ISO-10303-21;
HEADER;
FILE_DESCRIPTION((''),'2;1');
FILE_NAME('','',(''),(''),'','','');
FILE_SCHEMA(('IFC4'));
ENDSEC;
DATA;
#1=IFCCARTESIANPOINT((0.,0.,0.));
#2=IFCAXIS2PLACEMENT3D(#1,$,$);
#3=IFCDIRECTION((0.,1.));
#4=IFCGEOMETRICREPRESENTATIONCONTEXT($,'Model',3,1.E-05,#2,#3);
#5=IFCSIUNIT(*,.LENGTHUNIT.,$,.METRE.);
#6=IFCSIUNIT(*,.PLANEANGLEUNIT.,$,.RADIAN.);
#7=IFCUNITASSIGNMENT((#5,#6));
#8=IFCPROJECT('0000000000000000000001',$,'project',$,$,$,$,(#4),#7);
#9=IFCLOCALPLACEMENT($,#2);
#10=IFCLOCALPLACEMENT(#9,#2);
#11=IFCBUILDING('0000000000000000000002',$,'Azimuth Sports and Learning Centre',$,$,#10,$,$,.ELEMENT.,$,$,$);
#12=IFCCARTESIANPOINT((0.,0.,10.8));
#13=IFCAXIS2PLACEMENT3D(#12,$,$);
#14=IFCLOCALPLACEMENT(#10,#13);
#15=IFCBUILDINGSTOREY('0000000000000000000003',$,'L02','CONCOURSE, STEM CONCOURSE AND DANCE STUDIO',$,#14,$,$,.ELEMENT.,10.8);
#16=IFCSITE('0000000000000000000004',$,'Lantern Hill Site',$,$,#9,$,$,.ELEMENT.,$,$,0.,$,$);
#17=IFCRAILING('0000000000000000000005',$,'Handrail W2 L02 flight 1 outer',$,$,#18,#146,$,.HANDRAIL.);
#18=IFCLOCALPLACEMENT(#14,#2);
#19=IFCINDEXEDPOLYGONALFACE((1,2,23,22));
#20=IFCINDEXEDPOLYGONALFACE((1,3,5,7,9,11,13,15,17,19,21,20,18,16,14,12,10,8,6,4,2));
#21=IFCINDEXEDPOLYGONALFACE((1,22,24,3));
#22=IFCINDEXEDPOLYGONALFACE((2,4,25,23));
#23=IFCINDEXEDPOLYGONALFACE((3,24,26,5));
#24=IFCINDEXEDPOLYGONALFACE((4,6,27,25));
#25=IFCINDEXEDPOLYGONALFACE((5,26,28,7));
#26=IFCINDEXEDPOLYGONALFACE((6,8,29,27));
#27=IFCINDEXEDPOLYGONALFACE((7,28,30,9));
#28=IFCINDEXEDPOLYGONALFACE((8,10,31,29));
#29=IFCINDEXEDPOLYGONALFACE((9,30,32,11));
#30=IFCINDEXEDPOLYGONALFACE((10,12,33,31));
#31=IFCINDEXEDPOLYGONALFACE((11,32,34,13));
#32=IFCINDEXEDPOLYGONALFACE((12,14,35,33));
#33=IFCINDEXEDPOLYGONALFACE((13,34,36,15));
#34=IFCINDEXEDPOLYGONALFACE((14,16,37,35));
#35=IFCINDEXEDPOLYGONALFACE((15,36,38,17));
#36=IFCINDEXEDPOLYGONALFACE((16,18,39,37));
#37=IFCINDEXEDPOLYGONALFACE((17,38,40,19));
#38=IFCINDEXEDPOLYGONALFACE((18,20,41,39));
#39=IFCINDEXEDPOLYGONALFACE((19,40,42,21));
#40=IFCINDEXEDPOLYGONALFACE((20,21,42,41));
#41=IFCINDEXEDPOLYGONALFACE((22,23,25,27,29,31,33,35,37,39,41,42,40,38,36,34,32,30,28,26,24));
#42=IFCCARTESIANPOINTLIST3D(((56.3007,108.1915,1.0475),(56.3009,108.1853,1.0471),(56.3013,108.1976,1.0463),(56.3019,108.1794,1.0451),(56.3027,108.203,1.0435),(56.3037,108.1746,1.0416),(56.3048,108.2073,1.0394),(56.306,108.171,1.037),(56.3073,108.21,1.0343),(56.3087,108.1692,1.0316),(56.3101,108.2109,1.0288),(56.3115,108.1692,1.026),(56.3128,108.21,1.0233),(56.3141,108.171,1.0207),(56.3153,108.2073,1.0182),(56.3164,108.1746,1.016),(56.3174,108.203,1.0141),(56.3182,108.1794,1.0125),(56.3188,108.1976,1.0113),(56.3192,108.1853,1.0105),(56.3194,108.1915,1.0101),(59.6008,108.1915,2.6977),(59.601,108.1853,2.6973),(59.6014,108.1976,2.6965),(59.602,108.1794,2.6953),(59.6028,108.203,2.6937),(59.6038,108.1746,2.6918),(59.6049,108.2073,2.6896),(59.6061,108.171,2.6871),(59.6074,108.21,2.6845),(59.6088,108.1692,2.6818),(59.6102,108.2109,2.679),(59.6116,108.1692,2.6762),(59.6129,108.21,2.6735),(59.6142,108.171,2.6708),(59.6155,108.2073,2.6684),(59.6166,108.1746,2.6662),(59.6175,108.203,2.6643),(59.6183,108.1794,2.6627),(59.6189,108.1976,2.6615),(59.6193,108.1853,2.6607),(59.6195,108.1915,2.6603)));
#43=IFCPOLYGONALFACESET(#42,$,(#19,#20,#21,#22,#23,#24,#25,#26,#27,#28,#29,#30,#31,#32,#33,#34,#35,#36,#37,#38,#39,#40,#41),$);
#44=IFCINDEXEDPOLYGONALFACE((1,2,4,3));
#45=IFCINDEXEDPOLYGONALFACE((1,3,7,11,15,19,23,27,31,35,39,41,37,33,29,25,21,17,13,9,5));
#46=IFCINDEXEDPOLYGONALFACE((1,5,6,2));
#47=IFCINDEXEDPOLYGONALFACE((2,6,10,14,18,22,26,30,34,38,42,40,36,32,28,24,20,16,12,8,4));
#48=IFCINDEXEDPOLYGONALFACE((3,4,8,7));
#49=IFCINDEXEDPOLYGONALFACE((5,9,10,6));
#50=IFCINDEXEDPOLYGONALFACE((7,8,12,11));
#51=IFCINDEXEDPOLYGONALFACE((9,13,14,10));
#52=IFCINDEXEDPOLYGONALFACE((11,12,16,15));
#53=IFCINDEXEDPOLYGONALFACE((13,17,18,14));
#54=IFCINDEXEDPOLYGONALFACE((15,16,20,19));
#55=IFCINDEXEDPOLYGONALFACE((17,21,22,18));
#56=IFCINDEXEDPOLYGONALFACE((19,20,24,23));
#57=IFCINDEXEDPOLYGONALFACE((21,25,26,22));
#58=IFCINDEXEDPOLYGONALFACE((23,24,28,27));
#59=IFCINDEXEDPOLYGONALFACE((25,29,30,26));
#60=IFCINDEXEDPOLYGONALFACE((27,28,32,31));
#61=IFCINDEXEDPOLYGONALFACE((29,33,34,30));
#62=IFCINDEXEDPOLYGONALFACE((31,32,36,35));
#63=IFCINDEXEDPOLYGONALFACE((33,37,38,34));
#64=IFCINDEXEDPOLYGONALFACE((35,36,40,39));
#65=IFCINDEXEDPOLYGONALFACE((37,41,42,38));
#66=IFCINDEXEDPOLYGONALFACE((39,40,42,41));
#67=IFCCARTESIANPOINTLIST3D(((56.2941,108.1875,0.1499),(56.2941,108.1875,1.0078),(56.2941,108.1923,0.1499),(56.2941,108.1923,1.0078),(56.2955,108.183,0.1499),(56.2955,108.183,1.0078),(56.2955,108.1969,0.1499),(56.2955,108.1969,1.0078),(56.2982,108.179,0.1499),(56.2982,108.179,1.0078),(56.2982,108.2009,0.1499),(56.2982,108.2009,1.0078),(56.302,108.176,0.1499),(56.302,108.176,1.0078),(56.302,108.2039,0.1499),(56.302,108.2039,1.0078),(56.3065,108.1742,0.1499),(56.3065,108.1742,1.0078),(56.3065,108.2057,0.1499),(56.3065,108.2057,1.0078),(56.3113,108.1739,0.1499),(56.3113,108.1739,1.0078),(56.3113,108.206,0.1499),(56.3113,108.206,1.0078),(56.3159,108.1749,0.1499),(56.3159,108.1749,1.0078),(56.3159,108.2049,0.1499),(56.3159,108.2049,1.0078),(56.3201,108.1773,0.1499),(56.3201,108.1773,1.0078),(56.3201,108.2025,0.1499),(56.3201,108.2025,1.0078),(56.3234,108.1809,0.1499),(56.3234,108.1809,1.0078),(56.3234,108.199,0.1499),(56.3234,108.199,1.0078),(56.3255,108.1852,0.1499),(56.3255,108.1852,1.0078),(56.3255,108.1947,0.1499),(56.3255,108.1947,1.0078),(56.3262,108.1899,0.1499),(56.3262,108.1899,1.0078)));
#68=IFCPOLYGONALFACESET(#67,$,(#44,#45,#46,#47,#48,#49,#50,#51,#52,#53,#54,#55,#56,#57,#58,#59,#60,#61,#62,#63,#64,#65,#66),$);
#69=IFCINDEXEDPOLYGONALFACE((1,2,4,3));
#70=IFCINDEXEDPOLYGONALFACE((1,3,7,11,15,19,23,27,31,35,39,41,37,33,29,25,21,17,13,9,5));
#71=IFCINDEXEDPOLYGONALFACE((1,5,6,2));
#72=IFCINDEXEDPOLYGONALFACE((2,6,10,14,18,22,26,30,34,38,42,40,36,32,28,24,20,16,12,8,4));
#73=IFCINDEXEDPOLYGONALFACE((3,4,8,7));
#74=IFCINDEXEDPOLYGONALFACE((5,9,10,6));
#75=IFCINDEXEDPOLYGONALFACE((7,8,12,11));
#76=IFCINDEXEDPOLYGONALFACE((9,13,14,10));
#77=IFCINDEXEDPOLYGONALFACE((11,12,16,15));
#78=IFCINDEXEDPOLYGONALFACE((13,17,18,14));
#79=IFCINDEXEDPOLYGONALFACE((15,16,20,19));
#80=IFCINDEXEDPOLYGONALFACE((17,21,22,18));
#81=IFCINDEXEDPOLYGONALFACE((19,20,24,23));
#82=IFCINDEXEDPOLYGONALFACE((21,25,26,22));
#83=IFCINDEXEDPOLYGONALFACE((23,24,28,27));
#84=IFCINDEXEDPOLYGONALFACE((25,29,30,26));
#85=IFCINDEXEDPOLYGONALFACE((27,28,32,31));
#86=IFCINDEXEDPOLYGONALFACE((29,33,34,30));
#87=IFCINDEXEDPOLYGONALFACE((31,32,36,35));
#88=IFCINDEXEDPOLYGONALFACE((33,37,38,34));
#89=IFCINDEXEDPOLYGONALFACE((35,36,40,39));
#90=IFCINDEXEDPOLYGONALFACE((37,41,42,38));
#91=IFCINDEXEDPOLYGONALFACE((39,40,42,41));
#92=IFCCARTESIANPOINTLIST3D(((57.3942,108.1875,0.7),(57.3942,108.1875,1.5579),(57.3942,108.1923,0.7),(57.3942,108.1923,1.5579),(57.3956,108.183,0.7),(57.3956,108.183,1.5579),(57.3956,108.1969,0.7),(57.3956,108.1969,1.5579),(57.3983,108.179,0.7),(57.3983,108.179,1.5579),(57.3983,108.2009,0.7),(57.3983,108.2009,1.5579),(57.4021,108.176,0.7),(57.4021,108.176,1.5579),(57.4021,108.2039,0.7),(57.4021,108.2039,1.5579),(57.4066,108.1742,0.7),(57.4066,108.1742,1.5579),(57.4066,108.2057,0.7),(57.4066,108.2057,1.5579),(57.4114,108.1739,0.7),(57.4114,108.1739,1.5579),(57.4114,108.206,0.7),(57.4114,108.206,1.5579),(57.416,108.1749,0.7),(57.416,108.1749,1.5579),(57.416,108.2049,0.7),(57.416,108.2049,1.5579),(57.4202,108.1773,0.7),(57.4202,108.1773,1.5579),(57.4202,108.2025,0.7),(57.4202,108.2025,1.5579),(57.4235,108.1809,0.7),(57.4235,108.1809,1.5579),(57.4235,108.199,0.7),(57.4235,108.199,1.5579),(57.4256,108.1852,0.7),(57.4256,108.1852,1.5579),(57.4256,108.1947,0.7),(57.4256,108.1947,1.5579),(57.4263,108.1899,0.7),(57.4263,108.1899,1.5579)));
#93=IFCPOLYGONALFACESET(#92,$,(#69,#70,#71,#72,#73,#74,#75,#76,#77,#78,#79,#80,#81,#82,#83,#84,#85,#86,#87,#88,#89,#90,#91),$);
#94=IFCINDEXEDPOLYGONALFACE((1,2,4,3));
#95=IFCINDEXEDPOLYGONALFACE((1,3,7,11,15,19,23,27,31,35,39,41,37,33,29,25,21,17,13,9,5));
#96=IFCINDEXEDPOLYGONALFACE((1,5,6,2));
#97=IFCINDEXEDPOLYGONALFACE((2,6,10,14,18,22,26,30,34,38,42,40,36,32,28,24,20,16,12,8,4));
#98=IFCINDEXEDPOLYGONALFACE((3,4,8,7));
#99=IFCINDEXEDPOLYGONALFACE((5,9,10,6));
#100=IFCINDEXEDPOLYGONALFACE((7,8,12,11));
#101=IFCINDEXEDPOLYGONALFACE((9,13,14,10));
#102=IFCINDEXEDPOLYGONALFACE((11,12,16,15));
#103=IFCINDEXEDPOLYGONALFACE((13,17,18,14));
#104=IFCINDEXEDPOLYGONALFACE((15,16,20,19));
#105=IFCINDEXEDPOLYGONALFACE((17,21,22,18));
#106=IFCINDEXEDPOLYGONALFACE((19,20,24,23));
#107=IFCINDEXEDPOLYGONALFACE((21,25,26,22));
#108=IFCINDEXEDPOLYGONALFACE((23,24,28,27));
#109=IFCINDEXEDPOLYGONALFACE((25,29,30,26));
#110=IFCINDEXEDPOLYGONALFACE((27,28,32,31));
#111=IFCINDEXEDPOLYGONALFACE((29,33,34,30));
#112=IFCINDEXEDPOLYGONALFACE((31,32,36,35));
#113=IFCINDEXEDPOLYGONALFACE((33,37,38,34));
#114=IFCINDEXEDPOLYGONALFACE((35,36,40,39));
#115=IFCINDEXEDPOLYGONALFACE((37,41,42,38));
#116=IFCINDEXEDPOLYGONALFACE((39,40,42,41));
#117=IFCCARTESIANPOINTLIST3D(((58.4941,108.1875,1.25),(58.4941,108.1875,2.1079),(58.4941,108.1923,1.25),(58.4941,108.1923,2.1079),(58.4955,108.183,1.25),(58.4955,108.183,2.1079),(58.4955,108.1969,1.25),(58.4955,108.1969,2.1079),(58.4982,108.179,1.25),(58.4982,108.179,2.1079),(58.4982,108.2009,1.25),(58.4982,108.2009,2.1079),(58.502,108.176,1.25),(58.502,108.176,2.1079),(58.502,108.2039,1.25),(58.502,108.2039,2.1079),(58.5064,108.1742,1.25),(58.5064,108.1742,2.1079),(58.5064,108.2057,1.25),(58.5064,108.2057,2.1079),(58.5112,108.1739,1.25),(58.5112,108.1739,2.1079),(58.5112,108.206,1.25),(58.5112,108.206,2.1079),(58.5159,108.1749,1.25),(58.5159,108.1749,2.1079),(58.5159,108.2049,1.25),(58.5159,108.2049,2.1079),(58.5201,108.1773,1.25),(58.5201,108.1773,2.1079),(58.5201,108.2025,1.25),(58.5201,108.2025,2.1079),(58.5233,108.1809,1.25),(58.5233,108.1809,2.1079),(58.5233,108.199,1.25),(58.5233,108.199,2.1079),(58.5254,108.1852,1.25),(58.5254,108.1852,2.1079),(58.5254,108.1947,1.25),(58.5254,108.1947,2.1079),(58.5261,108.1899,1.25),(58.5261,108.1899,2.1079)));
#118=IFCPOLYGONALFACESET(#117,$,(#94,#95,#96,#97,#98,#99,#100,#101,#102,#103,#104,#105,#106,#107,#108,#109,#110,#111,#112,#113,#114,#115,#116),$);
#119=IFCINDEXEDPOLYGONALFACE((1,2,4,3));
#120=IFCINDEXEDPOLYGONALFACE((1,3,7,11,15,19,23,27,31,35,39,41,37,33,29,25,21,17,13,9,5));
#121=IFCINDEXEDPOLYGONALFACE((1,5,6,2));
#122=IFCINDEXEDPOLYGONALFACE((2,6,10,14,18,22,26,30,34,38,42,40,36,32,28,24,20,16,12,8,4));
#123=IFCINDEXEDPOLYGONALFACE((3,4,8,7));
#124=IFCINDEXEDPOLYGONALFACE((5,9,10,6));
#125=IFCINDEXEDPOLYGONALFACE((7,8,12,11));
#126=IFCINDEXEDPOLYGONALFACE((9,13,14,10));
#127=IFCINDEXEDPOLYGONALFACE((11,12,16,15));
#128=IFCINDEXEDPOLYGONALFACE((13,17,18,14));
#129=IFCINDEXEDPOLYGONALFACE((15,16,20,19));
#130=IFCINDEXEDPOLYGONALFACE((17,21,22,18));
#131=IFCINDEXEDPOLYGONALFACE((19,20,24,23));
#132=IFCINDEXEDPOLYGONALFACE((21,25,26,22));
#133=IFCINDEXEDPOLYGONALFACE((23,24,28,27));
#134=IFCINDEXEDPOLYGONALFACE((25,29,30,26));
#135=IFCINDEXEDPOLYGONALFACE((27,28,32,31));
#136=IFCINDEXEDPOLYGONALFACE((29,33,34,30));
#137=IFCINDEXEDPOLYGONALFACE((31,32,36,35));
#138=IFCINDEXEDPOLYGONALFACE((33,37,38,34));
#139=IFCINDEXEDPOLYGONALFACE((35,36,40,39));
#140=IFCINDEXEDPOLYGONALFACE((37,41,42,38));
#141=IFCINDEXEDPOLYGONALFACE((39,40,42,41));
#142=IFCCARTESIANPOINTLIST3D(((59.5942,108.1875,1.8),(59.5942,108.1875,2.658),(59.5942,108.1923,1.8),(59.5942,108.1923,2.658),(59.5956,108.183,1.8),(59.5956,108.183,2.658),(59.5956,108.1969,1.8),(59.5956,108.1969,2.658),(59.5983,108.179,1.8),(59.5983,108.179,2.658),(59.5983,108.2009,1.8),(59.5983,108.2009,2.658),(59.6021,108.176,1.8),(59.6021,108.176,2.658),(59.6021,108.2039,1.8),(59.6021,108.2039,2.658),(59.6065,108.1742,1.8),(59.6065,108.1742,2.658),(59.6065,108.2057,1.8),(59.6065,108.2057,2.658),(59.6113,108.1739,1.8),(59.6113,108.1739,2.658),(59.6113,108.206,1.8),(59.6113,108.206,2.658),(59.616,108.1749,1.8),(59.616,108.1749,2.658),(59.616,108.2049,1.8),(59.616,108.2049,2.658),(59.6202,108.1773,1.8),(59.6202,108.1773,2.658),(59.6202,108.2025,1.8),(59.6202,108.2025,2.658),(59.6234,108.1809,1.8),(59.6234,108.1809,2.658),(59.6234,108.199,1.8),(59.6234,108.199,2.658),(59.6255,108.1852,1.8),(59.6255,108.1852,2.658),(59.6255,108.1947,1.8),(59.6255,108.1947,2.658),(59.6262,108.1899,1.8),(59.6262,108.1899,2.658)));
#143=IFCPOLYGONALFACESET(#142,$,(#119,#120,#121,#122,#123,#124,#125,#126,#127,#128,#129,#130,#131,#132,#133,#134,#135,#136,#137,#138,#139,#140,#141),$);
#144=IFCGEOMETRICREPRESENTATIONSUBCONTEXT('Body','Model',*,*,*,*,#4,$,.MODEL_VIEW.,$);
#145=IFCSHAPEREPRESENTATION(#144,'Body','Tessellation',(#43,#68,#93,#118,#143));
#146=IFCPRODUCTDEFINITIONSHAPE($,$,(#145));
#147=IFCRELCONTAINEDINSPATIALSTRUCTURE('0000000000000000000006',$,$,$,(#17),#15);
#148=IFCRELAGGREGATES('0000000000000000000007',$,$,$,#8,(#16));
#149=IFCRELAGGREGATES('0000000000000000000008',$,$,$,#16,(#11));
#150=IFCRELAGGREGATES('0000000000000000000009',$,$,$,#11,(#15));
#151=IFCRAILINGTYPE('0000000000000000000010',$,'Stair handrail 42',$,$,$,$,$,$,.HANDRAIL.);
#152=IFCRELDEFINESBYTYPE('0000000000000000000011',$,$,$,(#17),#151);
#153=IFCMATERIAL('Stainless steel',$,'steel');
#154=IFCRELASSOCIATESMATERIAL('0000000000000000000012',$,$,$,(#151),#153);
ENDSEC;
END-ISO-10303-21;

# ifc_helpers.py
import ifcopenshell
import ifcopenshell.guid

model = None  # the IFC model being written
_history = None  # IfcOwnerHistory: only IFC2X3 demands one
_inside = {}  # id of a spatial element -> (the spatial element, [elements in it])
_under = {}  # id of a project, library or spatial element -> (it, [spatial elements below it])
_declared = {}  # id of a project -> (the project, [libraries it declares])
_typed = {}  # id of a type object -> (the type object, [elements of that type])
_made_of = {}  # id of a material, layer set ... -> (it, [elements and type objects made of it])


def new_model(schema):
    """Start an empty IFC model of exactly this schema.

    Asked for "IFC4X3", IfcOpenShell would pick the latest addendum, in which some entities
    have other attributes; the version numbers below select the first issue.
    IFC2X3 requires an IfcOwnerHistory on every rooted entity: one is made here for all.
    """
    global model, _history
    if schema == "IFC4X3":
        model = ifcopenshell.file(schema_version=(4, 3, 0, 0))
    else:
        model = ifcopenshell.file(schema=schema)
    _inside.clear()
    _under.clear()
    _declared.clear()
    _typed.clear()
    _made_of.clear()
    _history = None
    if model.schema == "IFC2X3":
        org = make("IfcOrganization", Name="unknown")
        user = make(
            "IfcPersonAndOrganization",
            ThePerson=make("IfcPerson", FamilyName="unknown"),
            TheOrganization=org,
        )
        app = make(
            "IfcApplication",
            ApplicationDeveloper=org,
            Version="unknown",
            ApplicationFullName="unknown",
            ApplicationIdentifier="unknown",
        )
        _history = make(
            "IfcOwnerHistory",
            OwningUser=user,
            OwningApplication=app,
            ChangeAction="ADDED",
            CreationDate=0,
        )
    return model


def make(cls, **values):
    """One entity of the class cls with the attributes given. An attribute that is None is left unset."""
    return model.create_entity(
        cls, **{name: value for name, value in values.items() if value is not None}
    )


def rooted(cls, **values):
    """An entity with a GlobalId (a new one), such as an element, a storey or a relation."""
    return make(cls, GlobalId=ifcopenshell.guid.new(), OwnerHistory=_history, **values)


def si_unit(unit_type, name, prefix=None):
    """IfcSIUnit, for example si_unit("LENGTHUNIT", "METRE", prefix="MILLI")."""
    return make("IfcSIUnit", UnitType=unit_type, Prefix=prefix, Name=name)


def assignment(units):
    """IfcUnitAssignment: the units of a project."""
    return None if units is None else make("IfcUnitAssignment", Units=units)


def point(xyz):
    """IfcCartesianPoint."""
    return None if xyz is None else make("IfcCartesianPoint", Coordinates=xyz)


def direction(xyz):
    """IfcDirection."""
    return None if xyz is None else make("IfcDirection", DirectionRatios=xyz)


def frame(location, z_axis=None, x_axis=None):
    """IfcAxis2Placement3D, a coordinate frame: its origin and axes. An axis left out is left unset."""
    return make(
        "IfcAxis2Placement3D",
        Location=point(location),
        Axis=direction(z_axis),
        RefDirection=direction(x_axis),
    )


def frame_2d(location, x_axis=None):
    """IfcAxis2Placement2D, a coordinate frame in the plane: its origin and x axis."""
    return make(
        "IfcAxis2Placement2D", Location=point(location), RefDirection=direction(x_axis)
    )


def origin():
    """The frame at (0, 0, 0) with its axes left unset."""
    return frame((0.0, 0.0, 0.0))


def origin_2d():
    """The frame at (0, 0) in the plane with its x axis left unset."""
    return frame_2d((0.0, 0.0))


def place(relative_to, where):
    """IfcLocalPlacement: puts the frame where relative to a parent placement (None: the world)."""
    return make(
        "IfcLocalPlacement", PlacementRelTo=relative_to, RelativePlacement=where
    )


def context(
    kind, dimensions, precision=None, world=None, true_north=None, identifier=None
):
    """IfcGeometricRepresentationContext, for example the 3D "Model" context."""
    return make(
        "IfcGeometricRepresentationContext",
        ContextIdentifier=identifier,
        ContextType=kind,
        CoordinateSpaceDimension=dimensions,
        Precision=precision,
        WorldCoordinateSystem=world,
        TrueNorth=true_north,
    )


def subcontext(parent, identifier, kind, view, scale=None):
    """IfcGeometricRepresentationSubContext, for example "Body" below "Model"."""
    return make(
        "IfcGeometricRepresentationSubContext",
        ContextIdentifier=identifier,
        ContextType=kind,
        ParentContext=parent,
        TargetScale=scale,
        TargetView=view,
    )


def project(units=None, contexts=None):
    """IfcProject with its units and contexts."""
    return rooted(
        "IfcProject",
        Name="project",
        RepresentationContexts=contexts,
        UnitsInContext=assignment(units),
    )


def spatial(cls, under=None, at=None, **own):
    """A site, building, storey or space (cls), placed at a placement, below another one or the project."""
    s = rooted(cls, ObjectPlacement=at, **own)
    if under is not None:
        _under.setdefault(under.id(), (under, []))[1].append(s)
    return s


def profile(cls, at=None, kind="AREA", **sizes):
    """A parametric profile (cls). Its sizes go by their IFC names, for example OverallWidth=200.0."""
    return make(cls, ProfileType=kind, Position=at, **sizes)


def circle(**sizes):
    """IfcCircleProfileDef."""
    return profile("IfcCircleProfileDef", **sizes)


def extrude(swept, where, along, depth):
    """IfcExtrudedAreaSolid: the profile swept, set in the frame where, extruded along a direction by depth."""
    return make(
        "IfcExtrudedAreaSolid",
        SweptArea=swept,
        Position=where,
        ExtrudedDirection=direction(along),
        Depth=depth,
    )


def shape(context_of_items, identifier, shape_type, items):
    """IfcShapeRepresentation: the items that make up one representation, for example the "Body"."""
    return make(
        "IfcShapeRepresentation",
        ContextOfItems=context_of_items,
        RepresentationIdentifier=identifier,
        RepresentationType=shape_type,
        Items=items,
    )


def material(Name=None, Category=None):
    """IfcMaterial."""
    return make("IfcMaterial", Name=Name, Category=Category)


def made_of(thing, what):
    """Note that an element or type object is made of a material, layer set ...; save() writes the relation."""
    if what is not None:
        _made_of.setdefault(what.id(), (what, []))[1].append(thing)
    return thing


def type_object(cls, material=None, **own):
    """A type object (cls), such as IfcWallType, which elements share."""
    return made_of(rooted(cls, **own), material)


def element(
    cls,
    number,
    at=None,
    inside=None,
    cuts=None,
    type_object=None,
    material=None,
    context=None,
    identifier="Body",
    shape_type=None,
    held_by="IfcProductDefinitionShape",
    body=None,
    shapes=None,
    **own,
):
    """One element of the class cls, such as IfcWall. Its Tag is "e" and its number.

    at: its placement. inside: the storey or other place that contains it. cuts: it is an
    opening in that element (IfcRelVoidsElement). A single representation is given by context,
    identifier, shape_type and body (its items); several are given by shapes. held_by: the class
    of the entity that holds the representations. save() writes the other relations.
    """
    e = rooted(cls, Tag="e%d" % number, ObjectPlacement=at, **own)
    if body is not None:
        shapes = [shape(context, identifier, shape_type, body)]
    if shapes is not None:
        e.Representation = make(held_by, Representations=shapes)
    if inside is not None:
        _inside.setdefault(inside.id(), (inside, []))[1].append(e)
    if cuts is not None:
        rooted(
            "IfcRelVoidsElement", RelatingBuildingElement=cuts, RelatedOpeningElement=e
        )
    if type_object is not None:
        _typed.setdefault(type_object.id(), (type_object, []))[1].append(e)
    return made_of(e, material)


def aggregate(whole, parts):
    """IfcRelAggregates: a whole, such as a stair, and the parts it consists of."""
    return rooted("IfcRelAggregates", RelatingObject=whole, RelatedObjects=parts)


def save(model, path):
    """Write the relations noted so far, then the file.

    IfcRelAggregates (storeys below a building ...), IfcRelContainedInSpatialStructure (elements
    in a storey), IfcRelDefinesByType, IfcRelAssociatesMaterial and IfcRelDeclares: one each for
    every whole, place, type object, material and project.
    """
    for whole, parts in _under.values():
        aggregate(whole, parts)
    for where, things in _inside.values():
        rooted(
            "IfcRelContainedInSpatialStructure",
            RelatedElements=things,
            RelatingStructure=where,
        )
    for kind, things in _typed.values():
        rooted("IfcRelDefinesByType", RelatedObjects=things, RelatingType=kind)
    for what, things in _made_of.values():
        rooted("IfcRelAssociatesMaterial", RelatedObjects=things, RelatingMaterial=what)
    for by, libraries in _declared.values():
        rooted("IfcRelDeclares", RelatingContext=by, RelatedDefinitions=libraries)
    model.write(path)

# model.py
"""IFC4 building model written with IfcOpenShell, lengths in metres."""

from ifc_helpers import new_model, si_unit, direction, frame, origin, origin_2d, place, context, subcontext, project, spatial, circle, extrude, material, type_object, element, save


model = new_model("IFC4")

# Units and contexts
model_context = context("Model", 3, precision=1e-05, world=origin(), true_north=direction((0.0, 1.0)))
body_context = subcontext(model_context, "Body", "Model", "MODEL_VIEW")
ifc_project = project(units=[si_unit("LENGTHUNIT", "METRE"), si_unit("PLANEANGLEUNIT", "RADIAN")], contexts=[model_context])

# Site, building, storey
site_placement = place(None, origin())
site = spatial("IfcSite", under=ifc_project, at=site_placement, Name="Lantern Hill Site", CompositionType="ELEMENT", RefElevation=0.0)
building_placement = place(site_placement, origin())
building = spatial("IfcBuilding", under=site, at=building_placement, Name="Azimuth Sports and Learning Centre", CompositionType="ELEMENT")
storey_placement = place(building_placement, frame((0.0, 0.0, 10.8)))
storey = spatial("IfcBuildingStorey", under=building, at=storey_placement, Name="L02", Description="CONCOURSE, STEM CONCOURSE AND DANCE STUDIO", CompositionType="ELEMENT", Elevation=10.8)

# Railing
ifc_material_1 = material(Name="Stainless steel", Category="steel")
railing_type_1 = type_object("IfcRailingType", Name="Stair handrail 42", PredefinedType="HANDRAIL", material=ifc_material_1)
for number, where, name in (
    (1, (56.3101, 108.1899, 0.1499), "Handrail W2 L02 flight 1 outer"),
):
    element("IfcRailing", number, at=place(storey_placement, frame(where)), inside=storey, type_object=railing_type_1, Name=name, PredefinedType="HANDRAIL", context=body_context, shape_type="SweptSolid", body=[
        extrude(circle(Radius=0.021, at=origin_2d()), frame((0.0, 0.0, 0.8789), z_axis=(0.894414, 0.0, 0.44724), x_axis=(0.0, 1.0, 0.0)), (0.0, 0.0, 1.0), 3.6897),
        extrude(circle(Radius=0.0161, at=origin_2d()), origin(), (0.0, 0.0, 1.0), 0.8579),
        extrude(circle(Radius=0.0161, at=origin_2d()), frame((1.1001, 0.0, 0.55)), (0.0, 0.0, 1.0), 0.8579),
        extrude(circle(Radius=0.0161, at=origin_2d()), frame((2.2, 0.0, 1.1001)), (0.0, 0.0, 1.0), 0.8579),
        extrude(circle(Radius=0.0161, at=origin_2d()), frame((3.3, 0.0, 1.6501)), (0.0, 0.0, 1.0), 0.8579),
    ])

save(model, "model.ifc")
